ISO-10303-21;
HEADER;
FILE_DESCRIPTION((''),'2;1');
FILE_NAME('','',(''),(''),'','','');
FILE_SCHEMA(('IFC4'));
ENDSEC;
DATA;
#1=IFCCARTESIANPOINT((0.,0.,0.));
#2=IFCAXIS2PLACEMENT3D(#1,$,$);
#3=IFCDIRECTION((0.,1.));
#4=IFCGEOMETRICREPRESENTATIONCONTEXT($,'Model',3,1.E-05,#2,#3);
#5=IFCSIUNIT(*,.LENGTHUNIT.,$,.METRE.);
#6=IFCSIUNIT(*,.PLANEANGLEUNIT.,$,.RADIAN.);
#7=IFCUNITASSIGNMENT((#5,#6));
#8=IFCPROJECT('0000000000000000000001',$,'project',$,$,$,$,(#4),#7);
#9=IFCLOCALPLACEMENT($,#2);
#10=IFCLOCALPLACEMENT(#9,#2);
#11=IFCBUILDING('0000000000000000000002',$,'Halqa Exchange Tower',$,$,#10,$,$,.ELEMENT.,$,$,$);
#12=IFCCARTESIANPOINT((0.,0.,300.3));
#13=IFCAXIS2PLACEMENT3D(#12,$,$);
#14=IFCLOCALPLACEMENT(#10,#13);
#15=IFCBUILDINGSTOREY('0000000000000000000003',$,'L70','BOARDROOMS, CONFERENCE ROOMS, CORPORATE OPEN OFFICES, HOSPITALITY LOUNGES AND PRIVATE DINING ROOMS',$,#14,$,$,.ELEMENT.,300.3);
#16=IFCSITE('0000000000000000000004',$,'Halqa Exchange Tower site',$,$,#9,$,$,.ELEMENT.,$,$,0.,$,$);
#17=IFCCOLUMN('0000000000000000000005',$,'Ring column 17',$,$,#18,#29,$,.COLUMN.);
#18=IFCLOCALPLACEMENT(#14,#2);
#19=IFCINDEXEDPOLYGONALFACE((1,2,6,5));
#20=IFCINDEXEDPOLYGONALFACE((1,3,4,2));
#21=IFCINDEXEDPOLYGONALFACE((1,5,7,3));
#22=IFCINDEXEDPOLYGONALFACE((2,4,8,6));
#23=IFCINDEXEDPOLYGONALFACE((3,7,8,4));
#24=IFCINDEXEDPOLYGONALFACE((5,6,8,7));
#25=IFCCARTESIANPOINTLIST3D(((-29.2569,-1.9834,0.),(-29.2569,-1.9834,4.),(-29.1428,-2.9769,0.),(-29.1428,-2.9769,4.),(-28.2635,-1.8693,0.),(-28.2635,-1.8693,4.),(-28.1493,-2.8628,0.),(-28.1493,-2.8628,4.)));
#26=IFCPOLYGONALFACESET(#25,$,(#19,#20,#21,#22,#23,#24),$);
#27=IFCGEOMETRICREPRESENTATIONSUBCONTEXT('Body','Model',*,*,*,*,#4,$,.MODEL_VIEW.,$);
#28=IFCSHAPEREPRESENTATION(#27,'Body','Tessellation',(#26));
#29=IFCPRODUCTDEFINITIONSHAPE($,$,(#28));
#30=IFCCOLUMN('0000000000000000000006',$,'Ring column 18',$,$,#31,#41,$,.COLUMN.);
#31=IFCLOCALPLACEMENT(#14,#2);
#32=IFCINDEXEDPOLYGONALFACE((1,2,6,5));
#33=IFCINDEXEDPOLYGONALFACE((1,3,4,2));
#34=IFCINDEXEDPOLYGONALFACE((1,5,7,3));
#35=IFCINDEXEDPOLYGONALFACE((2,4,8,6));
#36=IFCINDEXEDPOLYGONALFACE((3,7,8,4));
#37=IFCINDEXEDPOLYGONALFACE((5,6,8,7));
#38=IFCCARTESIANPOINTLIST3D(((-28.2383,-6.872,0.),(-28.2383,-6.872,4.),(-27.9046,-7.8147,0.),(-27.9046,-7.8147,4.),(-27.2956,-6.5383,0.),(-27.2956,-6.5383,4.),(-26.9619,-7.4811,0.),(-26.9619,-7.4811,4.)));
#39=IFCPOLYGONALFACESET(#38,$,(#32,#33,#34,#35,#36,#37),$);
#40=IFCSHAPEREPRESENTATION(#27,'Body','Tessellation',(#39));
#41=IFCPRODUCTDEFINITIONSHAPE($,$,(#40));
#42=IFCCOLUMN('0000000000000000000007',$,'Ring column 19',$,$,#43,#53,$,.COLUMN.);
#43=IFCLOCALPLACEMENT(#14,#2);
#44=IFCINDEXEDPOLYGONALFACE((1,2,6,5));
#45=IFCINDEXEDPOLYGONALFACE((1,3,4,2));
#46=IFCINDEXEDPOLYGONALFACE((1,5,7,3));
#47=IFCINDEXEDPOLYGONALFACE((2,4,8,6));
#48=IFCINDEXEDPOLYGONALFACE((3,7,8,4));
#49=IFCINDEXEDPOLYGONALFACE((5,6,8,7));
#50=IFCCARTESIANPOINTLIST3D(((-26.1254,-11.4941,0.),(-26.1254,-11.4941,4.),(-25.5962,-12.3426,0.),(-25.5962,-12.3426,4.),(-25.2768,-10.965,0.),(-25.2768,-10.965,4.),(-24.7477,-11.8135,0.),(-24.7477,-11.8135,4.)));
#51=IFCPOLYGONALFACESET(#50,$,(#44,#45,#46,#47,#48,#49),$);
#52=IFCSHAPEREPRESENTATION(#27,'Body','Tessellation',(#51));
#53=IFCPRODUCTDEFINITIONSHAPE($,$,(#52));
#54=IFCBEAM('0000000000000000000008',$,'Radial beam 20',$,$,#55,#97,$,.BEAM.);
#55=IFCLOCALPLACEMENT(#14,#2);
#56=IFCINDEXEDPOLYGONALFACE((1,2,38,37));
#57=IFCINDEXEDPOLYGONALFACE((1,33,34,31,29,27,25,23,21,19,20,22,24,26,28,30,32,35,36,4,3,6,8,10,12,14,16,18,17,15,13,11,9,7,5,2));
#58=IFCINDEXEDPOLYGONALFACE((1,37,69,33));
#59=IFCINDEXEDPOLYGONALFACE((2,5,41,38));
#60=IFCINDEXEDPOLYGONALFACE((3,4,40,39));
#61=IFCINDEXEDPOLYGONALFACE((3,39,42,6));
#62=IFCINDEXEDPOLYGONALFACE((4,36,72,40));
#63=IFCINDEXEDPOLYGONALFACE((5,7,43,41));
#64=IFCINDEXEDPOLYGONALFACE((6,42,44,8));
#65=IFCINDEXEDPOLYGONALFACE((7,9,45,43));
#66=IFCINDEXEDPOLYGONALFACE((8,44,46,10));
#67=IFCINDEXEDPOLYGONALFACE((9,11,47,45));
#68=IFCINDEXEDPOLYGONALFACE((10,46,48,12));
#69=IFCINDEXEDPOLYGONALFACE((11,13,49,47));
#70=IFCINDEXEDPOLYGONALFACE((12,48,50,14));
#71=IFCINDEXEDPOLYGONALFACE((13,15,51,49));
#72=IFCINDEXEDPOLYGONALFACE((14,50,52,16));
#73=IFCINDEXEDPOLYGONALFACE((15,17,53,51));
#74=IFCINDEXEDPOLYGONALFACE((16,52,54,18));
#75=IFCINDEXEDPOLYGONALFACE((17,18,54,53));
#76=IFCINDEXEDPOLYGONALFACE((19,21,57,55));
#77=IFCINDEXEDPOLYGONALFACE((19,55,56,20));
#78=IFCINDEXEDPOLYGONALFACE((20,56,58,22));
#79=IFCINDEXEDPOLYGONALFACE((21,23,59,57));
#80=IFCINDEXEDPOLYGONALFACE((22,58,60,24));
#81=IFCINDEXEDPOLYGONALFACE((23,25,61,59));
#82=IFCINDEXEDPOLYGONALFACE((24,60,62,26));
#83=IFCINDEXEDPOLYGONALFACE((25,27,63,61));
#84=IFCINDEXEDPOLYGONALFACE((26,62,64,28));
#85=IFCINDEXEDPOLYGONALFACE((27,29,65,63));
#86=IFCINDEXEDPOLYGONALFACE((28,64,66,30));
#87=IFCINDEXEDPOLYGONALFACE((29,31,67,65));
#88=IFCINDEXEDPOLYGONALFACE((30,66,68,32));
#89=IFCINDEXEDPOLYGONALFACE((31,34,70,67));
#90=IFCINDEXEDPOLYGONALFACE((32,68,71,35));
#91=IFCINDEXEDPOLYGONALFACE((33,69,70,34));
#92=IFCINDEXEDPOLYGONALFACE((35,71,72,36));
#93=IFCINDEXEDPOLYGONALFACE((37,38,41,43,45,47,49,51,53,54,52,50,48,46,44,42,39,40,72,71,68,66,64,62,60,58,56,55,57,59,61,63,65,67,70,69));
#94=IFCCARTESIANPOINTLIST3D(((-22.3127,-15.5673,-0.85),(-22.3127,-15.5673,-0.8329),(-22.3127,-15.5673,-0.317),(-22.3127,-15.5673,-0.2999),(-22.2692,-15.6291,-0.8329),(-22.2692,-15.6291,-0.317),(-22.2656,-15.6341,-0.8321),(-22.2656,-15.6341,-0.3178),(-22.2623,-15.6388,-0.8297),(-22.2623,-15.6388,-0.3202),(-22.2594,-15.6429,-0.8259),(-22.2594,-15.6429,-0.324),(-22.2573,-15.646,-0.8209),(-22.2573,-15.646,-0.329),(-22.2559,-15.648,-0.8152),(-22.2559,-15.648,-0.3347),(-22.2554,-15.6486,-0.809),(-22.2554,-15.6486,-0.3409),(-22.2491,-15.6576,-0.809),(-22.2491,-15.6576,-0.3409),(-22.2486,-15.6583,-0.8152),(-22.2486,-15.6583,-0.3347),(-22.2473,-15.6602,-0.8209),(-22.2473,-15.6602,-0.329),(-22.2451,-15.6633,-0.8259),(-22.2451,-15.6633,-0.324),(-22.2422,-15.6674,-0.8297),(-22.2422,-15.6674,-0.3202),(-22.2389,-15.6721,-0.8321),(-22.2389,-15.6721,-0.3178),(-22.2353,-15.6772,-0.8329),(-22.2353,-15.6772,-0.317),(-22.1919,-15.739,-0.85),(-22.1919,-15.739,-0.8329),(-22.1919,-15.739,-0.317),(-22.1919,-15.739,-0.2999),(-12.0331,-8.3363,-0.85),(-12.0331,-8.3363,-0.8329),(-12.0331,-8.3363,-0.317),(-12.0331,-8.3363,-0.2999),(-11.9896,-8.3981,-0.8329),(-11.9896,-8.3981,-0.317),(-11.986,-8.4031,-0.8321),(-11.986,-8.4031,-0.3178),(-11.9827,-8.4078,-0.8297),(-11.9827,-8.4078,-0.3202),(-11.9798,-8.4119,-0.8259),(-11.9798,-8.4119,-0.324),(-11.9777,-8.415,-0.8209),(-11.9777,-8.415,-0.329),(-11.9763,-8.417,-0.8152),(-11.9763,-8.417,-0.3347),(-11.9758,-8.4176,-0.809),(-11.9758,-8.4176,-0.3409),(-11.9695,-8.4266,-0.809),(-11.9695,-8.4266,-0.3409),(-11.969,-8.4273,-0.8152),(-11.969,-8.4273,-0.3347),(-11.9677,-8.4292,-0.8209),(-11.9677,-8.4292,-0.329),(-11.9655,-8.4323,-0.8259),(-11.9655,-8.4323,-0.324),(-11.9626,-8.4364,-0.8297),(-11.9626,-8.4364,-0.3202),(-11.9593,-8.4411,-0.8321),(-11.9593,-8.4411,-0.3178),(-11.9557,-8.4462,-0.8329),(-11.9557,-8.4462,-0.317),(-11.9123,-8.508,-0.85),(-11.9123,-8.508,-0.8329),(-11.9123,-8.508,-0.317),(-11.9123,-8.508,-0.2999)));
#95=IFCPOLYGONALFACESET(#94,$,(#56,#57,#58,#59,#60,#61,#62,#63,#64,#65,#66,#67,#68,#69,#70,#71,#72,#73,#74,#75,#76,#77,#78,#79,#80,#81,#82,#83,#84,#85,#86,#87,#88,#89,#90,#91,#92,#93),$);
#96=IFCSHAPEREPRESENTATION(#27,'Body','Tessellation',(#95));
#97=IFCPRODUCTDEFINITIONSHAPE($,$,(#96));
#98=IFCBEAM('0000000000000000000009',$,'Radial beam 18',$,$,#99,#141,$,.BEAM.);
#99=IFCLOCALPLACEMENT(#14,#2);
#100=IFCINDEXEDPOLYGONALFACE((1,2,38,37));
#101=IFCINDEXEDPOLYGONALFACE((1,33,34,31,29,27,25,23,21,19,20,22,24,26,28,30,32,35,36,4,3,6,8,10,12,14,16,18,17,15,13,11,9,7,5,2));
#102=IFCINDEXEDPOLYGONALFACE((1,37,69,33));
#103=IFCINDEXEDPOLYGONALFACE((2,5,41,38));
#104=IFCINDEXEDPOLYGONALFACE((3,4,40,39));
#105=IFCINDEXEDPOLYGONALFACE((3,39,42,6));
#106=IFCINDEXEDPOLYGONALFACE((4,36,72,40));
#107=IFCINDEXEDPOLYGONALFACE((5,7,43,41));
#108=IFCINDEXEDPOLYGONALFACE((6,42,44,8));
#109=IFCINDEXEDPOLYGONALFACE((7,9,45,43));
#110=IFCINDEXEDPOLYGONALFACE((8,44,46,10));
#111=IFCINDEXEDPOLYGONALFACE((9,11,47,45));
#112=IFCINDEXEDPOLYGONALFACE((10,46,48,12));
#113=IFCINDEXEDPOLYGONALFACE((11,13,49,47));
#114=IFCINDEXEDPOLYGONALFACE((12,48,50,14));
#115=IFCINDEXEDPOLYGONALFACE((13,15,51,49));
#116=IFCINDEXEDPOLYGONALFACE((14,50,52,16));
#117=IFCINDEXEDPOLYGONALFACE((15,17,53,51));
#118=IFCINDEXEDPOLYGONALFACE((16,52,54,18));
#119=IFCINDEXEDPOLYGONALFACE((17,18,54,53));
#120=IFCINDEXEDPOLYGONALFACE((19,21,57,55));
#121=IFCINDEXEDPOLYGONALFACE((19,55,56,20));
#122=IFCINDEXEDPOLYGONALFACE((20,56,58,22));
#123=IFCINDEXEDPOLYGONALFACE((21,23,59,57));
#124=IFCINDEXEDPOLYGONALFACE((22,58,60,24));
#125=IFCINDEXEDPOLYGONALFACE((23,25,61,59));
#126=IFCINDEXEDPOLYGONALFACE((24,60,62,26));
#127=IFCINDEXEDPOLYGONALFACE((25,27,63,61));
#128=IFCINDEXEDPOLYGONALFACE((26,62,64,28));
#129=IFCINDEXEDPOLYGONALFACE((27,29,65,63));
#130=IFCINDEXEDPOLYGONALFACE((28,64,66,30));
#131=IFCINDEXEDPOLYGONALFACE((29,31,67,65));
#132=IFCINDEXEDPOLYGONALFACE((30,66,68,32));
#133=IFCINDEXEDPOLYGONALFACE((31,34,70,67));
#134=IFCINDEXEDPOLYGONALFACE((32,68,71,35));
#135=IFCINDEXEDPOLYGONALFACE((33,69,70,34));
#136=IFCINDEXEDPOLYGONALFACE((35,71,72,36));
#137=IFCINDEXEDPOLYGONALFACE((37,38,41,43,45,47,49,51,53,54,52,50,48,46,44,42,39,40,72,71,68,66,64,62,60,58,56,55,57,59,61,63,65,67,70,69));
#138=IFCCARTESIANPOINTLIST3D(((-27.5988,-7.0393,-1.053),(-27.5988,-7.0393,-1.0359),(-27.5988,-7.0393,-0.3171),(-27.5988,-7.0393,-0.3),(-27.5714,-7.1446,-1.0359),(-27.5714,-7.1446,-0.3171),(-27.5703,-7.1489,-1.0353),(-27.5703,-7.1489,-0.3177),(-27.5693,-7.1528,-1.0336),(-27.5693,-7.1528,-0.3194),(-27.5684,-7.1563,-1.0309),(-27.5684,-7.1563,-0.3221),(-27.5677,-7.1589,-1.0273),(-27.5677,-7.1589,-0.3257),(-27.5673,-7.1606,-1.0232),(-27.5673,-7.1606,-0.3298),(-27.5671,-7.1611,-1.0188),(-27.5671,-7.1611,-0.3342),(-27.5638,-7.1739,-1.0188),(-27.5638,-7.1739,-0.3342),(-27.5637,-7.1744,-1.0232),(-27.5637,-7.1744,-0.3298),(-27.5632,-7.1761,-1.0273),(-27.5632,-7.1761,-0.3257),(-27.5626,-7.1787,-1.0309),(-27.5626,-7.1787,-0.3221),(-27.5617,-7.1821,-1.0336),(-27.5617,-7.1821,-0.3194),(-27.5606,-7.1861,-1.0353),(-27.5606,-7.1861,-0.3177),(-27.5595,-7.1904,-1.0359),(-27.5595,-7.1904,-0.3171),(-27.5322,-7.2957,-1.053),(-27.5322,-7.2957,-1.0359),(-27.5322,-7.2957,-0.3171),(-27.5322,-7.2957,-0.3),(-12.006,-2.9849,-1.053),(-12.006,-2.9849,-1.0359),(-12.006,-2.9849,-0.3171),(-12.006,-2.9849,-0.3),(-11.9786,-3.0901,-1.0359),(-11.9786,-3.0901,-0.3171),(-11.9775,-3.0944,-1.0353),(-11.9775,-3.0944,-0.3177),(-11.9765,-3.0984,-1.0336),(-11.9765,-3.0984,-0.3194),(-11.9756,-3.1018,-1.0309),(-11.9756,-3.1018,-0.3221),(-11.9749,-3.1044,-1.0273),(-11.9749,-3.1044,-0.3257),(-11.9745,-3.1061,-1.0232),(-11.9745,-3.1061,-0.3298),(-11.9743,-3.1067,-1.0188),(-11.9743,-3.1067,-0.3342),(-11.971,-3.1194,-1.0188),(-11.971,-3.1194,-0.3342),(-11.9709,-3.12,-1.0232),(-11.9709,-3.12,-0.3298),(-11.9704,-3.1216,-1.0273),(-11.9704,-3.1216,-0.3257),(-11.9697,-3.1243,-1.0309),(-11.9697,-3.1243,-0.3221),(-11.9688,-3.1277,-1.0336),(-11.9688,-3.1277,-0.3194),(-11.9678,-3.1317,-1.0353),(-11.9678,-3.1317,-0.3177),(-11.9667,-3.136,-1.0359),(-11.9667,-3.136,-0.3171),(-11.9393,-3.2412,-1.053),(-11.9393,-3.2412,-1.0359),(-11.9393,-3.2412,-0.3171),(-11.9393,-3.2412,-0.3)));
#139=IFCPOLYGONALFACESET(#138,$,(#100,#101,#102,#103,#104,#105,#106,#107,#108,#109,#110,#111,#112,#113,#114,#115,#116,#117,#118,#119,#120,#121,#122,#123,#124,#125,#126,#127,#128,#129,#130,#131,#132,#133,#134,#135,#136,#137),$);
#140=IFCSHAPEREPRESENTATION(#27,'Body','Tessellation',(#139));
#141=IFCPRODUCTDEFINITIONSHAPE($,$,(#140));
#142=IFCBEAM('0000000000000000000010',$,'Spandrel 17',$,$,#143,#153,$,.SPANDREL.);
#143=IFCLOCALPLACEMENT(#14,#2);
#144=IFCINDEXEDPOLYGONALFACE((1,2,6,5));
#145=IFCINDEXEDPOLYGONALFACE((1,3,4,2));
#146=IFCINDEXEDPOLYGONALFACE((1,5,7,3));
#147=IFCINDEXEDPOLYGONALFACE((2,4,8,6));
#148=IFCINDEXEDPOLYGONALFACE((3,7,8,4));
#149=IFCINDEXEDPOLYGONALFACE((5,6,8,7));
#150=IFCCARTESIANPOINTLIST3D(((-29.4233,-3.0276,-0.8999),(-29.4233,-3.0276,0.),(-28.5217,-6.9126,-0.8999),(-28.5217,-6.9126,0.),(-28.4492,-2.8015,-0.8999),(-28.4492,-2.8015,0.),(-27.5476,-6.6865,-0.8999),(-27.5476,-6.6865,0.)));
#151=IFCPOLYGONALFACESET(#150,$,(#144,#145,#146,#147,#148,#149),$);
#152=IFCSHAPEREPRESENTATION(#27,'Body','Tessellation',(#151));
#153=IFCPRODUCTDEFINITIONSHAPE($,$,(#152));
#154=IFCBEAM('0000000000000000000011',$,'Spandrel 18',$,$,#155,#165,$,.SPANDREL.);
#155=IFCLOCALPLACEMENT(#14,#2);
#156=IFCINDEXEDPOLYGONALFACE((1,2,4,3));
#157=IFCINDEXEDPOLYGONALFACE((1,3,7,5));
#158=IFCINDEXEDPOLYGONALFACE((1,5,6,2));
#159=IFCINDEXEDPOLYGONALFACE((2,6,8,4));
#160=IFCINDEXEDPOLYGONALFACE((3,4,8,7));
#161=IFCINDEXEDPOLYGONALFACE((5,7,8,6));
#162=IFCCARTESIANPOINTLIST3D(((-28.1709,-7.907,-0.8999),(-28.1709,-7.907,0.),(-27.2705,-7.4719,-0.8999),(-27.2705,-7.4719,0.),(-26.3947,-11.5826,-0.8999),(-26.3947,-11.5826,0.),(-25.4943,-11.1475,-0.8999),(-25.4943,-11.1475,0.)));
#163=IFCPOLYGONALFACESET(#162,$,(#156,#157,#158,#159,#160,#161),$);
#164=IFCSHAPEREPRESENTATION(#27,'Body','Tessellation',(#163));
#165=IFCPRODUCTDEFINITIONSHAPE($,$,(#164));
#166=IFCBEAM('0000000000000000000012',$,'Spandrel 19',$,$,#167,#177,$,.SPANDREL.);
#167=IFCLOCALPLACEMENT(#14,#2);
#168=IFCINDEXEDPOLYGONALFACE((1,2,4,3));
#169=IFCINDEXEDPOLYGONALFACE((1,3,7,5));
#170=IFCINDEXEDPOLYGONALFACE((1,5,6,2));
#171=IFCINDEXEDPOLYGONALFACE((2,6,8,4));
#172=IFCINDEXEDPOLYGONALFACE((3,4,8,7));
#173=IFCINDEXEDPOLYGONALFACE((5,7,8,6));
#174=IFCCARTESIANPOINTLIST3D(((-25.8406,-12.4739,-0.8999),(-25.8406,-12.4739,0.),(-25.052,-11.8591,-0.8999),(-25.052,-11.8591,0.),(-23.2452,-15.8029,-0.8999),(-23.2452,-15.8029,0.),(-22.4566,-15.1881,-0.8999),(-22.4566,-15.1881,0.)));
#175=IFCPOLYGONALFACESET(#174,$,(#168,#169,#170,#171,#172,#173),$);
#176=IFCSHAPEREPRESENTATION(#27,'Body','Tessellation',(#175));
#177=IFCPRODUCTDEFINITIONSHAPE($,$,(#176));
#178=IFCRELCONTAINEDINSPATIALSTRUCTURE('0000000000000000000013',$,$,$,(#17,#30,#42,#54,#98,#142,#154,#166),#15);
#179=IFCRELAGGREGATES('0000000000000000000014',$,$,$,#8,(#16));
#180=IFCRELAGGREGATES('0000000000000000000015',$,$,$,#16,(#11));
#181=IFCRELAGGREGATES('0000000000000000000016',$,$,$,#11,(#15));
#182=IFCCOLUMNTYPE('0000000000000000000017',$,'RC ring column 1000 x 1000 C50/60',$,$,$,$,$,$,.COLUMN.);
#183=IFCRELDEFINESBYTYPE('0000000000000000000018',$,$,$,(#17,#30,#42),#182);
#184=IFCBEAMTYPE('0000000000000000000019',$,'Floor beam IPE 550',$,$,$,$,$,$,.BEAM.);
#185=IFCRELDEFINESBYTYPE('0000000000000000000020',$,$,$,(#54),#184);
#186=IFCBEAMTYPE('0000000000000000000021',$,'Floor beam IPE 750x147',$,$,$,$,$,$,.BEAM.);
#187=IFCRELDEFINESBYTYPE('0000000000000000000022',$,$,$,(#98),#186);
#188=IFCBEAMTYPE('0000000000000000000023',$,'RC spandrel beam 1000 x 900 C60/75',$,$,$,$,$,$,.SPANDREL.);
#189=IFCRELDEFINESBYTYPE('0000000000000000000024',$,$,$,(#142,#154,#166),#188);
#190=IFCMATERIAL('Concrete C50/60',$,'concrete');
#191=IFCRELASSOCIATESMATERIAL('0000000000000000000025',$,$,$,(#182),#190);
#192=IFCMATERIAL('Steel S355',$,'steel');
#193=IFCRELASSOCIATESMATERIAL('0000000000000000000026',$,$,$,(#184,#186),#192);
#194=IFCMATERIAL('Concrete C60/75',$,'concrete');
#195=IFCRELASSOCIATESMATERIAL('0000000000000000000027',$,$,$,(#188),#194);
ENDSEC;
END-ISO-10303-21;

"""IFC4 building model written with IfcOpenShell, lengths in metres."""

from ifc_helpers import new_model, si_unit, direction, frame, origin, origin_2d, place, context, subcontext, project, spatial, rectangle, i_section, extrude, material, material_profile, profile_set, type_object, element, save


model = new_model("IFC4")

# Units and contexts
model_context = context("Model", 3, precision=1e-05, world=origin(), true_north=direction((0.0, 1.0)))
body_context = subcontext(model_context, "Body", "Model", "MODEL_VIEW")
ifc_project = project(units=[si_unit("LENGTHUNIT", "METRE"), si_unit("PLANEANGLEUNIT", "RADIAN")], contexts=[model_context])

# Site, building, storey
site_placement = place(None, origin())
site = spatial("IfcSite", under=ifc_project, at=site_placement, Name="Halqa Exchange Tower site", CompositionType="ELEMENT", RefElevation=0.0)
building_placement = place(site_placement, origin())
building = spatial("IfcBuilding", under=site, at=building_placement, Name="Halqa Exchange Tower", CompositionType="ELEMENT")
storey_placement = place(building_placement, frame((0.0, 0.0, 300.3)))
storey = spatial("IfcBuildingStorey", under=building, at=storey_placement, Name="L70", Description="BOARDROOMS, CONFERENCE ROOMS, CORPORATE OPEN OFFICES, HOSPITALITY LOUNGES AND PRIVATE DINING ROOMS", CompositionType="ELEMENT", Elevation=300.3)

# Columns
ifc_material_1 = material(Name="Concrete C50/60", Category="concrete")
ifc_material_profile_1 = material_profile(ifc_material_1, rectangle(XDim=1.0, YDim=1.0, at=origin_2d()), Name="1000 x 1000")
ifc_profile_set_1 = profile_set([ifc_material_profile_1], Name="Concrete C50/60")
column_type = type_object("IfcColumnType", Name="RC ring column 1000 x 1000 C50/60", PredefinedType="COLUMN", material=ifc_profile_set_1)
for number, where, z_axis, x_axis, name in (
    (1, (-28.7031, -2.4231, 0.0), (0.0, 0.0, 1.0), (0.11415, -0.993464, 0.0), "Ring column 17"),
    (2, (-27.6001, -7.1765, 0.0), (0.0, 0.0, 1.0), (0.333623, -0.942707, 0.0), "Ring column 18"),
    (3, (-25.4365, -11.6538, 0.0), (0.0, 0.0, 1.0), (0.529151, -0.848528, 0.0), "Ring column 19"),
):
    element("IfcColumn", number, at=place(storey_placement, frame(where, z_axis=z_axis, x_axis=x_axis)), inside=storey, type_object=column_type, Name=name, PredefinedType="COLUMN", context=body_context, shape_type="SweptSolid", body=[
        extrude(rectangle(XDim=1.0, YDim=1.0, at=origin_2d()), origin(), (0.0, 0.0, 1.0), 4.0),
    ])

# Beams
ifc_material_2 = material(Name="Steel S355", Category="steel")
ifc_material_profile_2 = material_profile(ifc_material_2, i_section(OverallWidth=0.21, OverallDepth=0.55, WebThickness=0.011, FlangeThickness=0.0171, FilletRadius=0.0239, at=origin_2d()), Name="IPE 550")
ifc_profile_set_2 = profile_set([ifc_material_profile_2], Name="Steel S355")
beam_type_1 = type_object("IfcBeamType", Name="Floor beam IPE 550", PredefinedType="BEAM", material=ifc_profile_set_2)
beam_1_placement = place(storey_placement, frame((-11.9727, -8.4221, -0.575), z_axis=(-0.817911, -0.575345, 0.0), x_axis=(0.575345, -0.817911, 0.0)))
element("IfcBeam", 4, at=beam_1_placement, inside=storey, type_object=beam_type_1, Name="Radial beam 20", PredefinedType="BEAM", context=body_context, shape_type="SweptSolid", body=[
    extrude(i_section(OverallWidth=0.21, OverallDepth=0.55, WebThickness=0.011, FlangeThickness=0.0171, FilletRadius=0.0239, at=origin_2d()), origin(), (0.0, 0.0, 1.0), 12.5681),
])
ifc_material_profile_3 = material_profile(ifc_material_2, i_section(OverallWidth=0.2649, OverallDepth=0.7529, WebThickness=0.0132, FlangeThickness=0.0171, FilletRadius=0.0171, at=origin_2d()), Name="IPE 750x147")
ifc_profile_set_3 = profile_set([ifc_material_profile_3], Name="Steel S355")
beam_type_2 = type_object("IfcBeamType", Name="Floor beam IPE 750x147", PredefinedType="BEAM", material=ifc_profile_set_3)
beam_2_placement = place(storey_placement, frame((-11.9727, -3.113, -0.6765), z_axis=(-0.967818, -0.251653, 0.0), x_axis=(0.251653, -0.967818, 0.0)))
element("IfcBeam", 5, at=beam_2_placement, inside=storey, type_object=beam_type_2, Name="Radial beam 18", PredefinedType="BEAM", context=body_context, shape_type="SweptSolid", body=[
    extrude(i_section(OverallWidth=0.2649, OverallDepth=0.7529, WebThickness=0.0132, FlangeThickness=0.0171, FilletRadius=0.0171, at=origin_2d()), origin(), (0.0, 0.0, 1.0), 16.1113),
])
ifc_material_3 = material(Name="Concrete C60/75", Category="concrete")
ifc_material_profile_4 = material_profile(ifc_material_3, rectangle(XDim=1.0, YDim=0.8999, at=origin_2d()), Name="1000 x 900")
ifc_profile_set_4 = profile_set([ifc_material_profile_4], Name="Concrete C60/75")
beam_type_3 = type_object("IfcBeamType", Name="RC spandrel beam 1000 x 900 C60/75", PredefinedType="SPANDREL", material=ifc_profile_set_4)
beam_3_placement = place(storey_placement, frame((-28.9363, -2.9146, -0.45), z_axis=(0.226066, -0.974112, 0.0), x_axis=(0.974112, 0.226066, 0.0)))
element("IfcBeam", 6, at=beam_3_placement, inside=storey, type_object=beam_type_3, Name="Spandrel 17", PredefinedType="SPANDREL", context=body_context, shape_type="SweptSolid", body=[
    extrude(rectangle(XDim=1.0, YDim=0.8999, at=origin_2d()), origin(), (0.0, 0.0, 1.0), 3.9883),
])
beam_4_placement = place(storey_placement, frame((-27.7207, -7.6895, -0.45), z_axis=(0.435092, -0.900386, 0.0), x_axis=(0.900386, 0.435092, 0.0)))
element("IfcBeam", 7, at=beam_4_placement, inside=storey, type_object=beam_type_3, Name="Spandrel 18", PredefinedType="SPANDREL", context=body_context, shape_type="SweptSolid", body=[
    extrude(rectangle(XDim=1.0, YDim=0.8999, at=origin_2d()), origin(), (0.0, 0.0, 1.0), 4.0823),
])
beam_5_placement = place(storey_placement, frame((-25.4463, -12.1665, -0.45), z_axis=(0.614849, -0.788645, 0.0), x_axis=(0.788645, 0.614849, 0.0)))
element("IfcBeam", 8, at=beam_5_placement, inside=storey, type_object=beam_type_3, Name="Spandrel 19", PredefinedType="SPANDREL", context=body_context, shape_type="SweptSolid", body=[
    extrude(rectangle(XDim=1.0, YDim=0.8999, at=origin_2d()), origin(), (0.0, 0.0, 1.0), 4.2212),
])

save(model, "model.ifc")
